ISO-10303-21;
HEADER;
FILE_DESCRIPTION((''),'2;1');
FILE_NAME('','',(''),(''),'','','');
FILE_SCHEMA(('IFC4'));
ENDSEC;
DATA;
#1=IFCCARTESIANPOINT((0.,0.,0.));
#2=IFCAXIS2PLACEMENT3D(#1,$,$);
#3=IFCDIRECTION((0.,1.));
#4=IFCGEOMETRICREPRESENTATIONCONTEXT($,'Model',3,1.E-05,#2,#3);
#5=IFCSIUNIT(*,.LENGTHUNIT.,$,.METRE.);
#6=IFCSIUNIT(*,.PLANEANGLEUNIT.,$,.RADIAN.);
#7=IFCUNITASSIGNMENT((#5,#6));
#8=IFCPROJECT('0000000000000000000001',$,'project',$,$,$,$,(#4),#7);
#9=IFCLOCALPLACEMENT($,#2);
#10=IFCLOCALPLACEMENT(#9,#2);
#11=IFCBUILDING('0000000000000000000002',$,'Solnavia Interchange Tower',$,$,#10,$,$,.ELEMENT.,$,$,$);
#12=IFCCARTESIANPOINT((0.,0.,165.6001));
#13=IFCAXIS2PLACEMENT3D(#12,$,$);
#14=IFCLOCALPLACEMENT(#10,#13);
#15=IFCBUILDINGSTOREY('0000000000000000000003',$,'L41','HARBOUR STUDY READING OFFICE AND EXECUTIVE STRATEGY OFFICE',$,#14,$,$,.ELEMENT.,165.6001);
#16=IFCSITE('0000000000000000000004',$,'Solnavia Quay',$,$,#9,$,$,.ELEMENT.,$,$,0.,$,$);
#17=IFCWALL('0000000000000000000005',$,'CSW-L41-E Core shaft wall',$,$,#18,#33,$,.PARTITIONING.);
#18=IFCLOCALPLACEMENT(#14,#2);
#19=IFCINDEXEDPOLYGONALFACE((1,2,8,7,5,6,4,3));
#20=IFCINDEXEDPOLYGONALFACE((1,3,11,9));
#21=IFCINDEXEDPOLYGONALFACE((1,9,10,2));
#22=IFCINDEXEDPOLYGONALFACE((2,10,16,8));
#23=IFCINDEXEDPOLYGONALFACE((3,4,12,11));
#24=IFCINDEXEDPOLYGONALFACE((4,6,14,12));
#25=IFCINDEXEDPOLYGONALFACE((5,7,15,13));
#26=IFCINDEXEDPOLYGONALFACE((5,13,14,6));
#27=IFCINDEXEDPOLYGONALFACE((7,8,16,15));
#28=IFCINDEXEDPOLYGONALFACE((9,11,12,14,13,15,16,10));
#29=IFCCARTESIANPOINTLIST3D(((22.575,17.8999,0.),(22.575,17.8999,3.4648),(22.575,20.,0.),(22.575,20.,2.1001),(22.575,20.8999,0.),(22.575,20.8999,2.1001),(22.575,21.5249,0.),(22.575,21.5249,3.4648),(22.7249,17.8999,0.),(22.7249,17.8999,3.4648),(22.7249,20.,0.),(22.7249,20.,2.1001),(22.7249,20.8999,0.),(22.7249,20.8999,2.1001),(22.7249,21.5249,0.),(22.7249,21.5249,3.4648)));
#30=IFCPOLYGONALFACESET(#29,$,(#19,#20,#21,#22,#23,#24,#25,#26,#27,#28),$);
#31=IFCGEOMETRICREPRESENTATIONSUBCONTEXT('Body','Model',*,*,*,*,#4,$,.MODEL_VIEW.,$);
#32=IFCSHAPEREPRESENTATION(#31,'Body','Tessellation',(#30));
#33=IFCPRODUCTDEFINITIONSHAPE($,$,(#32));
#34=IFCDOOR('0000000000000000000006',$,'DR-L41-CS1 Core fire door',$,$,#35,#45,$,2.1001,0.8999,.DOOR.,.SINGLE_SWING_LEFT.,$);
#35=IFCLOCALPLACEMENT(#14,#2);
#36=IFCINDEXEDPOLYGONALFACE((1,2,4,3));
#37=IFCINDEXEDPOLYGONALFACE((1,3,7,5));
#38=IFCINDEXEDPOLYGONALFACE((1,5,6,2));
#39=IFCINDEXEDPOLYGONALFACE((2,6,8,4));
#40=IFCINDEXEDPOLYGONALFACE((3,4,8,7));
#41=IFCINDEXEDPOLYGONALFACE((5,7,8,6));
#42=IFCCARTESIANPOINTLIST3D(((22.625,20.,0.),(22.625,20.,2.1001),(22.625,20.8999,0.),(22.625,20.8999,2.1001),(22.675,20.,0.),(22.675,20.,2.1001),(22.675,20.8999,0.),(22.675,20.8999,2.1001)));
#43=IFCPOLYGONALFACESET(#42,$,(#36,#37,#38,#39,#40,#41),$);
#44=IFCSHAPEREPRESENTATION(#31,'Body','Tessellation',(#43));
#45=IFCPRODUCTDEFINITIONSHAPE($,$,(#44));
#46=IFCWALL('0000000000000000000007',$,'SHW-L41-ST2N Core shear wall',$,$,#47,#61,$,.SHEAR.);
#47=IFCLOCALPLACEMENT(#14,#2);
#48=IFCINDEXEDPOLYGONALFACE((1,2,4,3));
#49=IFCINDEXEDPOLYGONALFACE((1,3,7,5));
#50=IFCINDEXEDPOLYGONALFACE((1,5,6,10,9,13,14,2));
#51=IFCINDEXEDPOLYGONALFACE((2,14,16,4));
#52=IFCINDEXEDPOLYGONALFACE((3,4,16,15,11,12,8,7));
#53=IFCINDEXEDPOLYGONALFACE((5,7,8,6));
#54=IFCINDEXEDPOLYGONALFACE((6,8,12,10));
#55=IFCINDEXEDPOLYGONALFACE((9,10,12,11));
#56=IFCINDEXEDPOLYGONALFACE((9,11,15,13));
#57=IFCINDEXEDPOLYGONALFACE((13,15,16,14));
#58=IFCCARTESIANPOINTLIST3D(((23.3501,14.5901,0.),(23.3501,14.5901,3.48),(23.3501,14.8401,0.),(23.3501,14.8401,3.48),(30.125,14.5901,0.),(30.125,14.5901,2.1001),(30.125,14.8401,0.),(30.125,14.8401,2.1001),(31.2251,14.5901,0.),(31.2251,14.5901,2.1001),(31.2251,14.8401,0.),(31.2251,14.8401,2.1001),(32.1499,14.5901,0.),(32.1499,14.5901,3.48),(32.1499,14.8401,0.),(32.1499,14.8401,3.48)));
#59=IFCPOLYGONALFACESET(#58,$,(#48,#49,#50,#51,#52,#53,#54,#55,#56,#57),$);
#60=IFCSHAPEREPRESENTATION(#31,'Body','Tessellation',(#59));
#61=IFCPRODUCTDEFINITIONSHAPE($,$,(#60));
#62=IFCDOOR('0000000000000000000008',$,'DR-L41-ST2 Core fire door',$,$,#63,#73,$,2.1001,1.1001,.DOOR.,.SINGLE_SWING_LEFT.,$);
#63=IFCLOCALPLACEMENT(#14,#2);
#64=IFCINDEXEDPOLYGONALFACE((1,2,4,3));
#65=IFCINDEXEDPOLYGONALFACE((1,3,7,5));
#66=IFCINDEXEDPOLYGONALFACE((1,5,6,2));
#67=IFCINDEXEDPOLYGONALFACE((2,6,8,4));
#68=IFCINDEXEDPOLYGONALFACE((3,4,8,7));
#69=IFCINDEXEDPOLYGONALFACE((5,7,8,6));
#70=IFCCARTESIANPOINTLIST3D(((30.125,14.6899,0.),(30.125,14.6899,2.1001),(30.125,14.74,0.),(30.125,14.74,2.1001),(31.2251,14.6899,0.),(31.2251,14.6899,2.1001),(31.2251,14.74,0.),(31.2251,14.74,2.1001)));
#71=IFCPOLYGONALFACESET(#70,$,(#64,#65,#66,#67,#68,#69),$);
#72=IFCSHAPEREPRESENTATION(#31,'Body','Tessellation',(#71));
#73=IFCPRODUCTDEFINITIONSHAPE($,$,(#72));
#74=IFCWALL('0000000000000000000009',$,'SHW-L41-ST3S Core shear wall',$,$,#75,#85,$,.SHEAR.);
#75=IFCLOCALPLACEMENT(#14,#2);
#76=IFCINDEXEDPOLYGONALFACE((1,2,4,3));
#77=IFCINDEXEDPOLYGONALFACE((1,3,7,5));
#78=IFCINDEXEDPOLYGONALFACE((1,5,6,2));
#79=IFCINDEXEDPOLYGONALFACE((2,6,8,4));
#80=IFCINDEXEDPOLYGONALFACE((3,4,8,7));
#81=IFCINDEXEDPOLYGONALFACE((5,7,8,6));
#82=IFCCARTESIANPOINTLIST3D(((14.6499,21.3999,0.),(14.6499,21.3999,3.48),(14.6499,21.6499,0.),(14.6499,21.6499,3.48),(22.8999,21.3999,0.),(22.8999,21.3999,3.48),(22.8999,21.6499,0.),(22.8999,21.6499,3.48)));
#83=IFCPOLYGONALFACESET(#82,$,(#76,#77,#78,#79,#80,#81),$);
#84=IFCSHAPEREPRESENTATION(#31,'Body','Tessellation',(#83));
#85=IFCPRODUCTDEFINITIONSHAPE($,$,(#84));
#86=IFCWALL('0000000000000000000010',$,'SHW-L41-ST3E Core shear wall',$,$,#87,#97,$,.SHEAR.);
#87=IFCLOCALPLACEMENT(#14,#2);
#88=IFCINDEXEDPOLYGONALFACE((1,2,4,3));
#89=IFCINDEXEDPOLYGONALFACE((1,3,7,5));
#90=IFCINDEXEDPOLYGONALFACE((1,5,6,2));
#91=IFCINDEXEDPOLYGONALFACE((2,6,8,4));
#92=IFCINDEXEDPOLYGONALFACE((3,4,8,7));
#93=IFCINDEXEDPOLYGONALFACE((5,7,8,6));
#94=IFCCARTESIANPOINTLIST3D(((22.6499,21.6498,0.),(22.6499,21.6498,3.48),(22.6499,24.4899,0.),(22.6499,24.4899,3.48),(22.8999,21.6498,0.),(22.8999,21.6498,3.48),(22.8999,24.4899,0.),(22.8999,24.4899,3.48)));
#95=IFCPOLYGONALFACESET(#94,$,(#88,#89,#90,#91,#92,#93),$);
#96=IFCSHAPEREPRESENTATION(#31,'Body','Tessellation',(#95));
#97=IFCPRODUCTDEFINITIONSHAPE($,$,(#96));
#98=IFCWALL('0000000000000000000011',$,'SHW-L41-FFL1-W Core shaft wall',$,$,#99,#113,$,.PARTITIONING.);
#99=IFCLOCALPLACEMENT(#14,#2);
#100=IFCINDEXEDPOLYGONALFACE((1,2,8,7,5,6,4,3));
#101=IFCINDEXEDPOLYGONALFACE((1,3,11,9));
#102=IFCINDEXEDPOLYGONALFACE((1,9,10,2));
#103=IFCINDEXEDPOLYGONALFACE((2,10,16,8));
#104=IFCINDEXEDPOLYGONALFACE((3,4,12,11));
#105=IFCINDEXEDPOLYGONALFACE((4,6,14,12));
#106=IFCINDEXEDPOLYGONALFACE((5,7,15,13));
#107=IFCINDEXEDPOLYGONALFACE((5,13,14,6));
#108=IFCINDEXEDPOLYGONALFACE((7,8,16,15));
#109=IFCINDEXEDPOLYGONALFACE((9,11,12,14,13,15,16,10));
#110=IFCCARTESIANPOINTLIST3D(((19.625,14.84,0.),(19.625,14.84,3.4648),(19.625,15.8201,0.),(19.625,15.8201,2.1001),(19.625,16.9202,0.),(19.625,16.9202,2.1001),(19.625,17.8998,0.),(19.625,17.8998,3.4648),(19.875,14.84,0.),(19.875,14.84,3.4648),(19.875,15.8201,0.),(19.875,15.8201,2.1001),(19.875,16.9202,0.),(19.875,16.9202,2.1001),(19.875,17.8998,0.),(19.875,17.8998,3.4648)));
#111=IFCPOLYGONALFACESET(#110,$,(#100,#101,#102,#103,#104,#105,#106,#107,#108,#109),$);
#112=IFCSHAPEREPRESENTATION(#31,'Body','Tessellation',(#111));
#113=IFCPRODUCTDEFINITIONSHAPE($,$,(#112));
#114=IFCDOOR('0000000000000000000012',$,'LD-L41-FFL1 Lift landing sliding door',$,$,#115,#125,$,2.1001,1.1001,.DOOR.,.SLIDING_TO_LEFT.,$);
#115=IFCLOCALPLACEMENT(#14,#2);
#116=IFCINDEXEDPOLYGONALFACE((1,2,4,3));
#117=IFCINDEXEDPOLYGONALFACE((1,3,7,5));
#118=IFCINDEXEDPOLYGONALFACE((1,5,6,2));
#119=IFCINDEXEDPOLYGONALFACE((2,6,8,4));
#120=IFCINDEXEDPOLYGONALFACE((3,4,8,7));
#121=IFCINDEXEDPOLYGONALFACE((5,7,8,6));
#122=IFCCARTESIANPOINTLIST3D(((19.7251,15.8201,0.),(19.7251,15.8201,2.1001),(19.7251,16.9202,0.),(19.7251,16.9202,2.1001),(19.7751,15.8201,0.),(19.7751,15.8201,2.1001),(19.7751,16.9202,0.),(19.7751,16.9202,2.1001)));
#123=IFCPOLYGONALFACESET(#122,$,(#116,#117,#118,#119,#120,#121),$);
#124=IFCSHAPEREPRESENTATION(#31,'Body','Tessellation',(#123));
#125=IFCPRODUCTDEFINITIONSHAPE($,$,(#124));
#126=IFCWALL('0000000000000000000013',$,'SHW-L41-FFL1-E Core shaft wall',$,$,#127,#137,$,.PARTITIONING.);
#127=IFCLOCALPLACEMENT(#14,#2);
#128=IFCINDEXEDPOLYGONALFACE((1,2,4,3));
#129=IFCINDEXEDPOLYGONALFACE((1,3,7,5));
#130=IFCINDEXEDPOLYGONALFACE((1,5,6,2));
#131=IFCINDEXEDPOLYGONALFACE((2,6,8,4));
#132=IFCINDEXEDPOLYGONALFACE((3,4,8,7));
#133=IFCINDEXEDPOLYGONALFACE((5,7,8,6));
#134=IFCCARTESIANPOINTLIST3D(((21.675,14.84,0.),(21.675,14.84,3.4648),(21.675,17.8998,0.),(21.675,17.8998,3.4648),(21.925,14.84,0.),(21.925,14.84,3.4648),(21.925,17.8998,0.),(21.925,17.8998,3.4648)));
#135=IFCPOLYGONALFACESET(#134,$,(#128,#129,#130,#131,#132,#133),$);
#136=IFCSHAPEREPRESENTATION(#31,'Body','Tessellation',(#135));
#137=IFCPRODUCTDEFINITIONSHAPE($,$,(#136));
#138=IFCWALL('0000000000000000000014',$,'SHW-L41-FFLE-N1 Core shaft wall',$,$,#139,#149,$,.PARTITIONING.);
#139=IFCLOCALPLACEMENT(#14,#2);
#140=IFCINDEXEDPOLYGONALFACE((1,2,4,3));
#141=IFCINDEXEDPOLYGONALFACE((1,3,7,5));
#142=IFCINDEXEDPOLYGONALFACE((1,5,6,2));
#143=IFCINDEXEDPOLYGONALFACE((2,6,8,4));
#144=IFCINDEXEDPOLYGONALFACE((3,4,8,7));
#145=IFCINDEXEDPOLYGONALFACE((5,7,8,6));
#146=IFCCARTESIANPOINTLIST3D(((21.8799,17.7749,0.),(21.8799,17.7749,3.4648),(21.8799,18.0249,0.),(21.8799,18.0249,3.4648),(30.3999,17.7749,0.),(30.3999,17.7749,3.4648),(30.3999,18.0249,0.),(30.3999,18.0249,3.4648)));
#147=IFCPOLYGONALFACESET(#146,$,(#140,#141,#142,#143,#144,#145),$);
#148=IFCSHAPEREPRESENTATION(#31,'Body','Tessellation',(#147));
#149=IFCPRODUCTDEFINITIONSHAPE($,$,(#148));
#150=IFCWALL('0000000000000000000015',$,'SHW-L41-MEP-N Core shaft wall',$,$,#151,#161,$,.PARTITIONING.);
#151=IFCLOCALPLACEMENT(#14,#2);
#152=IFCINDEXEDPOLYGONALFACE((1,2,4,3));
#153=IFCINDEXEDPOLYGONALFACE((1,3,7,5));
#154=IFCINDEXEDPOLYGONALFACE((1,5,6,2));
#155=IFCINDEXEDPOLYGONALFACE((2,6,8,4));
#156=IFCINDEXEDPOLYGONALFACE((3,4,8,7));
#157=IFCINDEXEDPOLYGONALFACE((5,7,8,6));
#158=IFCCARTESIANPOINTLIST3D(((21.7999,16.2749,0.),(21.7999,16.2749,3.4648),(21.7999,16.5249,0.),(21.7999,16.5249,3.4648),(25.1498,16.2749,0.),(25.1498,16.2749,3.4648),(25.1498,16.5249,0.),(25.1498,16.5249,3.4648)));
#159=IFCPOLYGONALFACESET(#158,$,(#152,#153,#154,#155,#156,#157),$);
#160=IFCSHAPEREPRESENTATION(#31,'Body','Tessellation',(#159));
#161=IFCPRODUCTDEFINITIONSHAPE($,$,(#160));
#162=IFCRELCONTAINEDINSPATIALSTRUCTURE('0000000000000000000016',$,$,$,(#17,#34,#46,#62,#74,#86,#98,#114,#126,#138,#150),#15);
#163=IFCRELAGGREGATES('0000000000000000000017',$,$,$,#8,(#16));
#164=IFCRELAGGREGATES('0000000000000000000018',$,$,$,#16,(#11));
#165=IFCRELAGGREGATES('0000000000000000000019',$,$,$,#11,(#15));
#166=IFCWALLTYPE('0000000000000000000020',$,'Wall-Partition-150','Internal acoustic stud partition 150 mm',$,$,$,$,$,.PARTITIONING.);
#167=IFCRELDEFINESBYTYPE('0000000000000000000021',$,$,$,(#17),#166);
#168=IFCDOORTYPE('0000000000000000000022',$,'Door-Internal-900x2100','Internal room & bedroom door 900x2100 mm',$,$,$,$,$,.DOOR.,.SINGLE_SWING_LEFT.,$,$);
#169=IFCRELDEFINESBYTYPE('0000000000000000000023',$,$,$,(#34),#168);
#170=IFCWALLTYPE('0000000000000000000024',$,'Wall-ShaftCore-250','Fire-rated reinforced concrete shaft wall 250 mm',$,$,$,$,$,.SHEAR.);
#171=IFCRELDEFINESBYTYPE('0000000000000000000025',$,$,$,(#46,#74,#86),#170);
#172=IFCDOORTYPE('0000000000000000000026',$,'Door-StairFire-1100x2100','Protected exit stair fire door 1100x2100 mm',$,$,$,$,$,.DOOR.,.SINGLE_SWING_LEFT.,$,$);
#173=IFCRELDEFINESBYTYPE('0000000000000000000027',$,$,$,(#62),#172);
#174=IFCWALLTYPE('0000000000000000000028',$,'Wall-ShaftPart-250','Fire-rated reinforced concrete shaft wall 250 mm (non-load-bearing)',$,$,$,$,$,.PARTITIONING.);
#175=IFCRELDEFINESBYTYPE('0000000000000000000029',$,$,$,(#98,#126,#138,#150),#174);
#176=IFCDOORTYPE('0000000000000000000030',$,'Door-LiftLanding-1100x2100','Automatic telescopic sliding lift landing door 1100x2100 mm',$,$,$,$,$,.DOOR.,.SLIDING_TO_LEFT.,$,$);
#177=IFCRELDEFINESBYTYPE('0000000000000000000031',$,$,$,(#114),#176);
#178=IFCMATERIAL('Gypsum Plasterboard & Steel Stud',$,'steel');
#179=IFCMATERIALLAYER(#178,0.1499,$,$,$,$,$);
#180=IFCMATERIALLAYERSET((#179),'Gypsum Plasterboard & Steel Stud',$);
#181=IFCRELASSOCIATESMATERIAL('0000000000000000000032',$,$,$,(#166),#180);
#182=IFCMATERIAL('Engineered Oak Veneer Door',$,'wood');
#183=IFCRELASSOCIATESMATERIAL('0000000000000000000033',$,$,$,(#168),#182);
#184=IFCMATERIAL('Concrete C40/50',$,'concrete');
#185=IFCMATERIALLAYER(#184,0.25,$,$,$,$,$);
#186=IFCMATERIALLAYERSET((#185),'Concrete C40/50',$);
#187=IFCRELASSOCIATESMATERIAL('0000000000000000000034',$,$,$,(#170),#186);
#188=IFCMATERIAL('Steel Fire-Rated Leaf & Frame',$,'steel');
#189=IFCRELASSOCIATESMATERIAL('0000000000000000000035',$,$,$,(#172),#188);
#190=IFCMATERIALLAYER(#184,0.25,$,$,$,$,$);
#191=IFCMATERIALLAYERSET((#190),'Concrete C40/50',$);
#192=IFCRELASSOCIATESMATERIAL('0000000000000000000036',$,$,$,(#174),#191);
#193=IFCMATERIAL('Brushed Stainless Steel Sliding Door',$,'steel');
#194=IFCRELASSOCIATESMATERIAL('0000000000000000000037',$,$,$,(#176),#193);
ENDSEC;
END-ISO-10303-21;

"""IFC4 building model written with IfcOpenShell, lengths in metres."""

from ifc_helpers import new_model, si_unit, direction, frame, frame_2d, origin, place, context, subcontext, project, spatial, rectangle, extrude, material, layer, layer_set, type_object, element, fill, save


model = new_model("IFC4")

# Units and contexts
model_context = context("Model", 3, precision=1e-05, world=origin(), true_north=direction((0.0, 1.0)))
body_context = subcontext(model_context, "Body", "Model", "MODEL_VIEW")
ifc_project = project(units=[si_unit("LENGTHUNIT", "METRE"), si_unit("PLANEANGLEUNIT", "RADIAN")], contexts=[model_context])

# Site, building, storey
site_placement = place(None, origin())
site = spatial("IfcSite", under=ifc_project, at=site_placement, Name="Solnavia Quay", CompositionType="ELEMENT", RefElevation=0.0)
building_placement = place(site_placement, origin())
building = spatial("IfcBuilding", under=site, at=building_placement, Name="Solnavia Interchange Tower", CompositionType="ELEMENT")
storey_placement = place(building_placement, frame((0.0, 0.0, 165.6001)))
storey = spatial("IfcBuildingStorey", under=building, at=storey_placement, Name="L41", Description="HARBOUR STUDY READING OFFICE AND EXECUTIVE STRATEGY OFFICE", CompositionType="ELEMENT", Elevation=165.6001)

# Walls, openings, doors
ifc_material_1 = material(Name="Gypsum Plasterboard & Steel Stud", Category="steel")
ifc_layer_1 = layer(ifc_material_1, 0.1499)
ifc_layer_set_1 = layer_set([ifc_layer_1], Name="Gypsum Plasterboard & Steel Stud")
wall_type_1 = type_object("IfcWallType", Name="Wall-Partition-150", Description="Internal acoustic stud partition 150 mm", PredefinedType="PARTITIONING", material=ifc_layer_set_1)
wall_1_placement = place(storey_placement, frame((22.6499, 17.8999, 0.0), z_axis=(0.0, 0.0, 1.0), x_axis=(0.0, 1.0, 0.0)))
wall_1 = element("IfcWall", 1, at=wall_1_placement, inside=storey, type_object=wall_type_1, Name="CSW-L41-E Core shaft wall", PredefinedType="PARTITIONING", context=body_context, shape_type="SweptSolid", body=[
    extrude(rectangle(XDim=3.625, YDim=0.1499, at=frame_2d((1.8125, 0.0))), origin(), (0.0, 0.0, 1.0), 3.4648),
])
opening_1_placement = place(wall_1_placement, frame((2.1001, 0.0, 0.0)))
opening_1 = element("IfcOpeningElement", 2, at=opening_1_placement, cuts=wall_1, PredefinedType="OPENING", context=body_context, shape_type="SweptSolid", body=[
    extrude(rectangle(XDim=0.8999, YDim=2.1001, at=frame_2d((0.45, 1.05))), frame((0.0, 0.085, 0.0), z_axis=(0.0, -1.0, 0.0), x_axis=(1.0, 0.0, 0.0)), (0.0, 0.0, 1.0), 0.1699),
])
ifc_material_2 = material(Name="Engineered Oak Veneer Door", Category="wood")
door_type_1 = type_object("IfcDoorType", Name="Door-Internal-900x2100", Description="Internal room & bedroom door 900x2100 mm", OperationType="SINGLE_SWING_LEFT", PredefinedType="DOOR", material=ifc_material_2)
door_1_placement = place(opening_1_placement, origin())
door_1 = element("IfcDoor", 3, at=door_1_placement, inside=storey, type_object=door_type_1, Name="DR-L41-CS1 Core fire door", OperationType="SINGLE_SWING_LEFT", OverallHeight=2.1001, OverallWidth=0.8999, PredefinedType="DOOR", context=body_context, shape_type="SweptSolid", body=[
    extrude(rectangle(XDim=0.8999, YDim=2.1001, at=frame_2d((0.45, 1.05))), frame((0.0, 0.0249, 0.0), z_axis=(0.0, -1.0, 0.0), x_axis=(1.0, 0.0, 0.0)), (0.0, 0.0, 1.0), 0.05),
])
fill(opening_1, door_1)
ifc_material_3 = material(Name="Concrete C40/50", Category="concrete")
ifc_layer_2 = layer(ifc_material_3, 0.25)
ifc_layer_set_2 = layer_set([ifc_layer_2], Name="Concrete C40/50")
wall_type_2 = type_object("IfcWallType", Name="Wall-ShaftCore-250", Description="Fire-rated reinforced concrete shaft wall 250 mm", PredefinedType="SHEAR", material=ifc_layer_set_2)
wall_2_placement = place(storey_placement, frame((23.3501, 14.7151, 0.0), z_axis=(0.0, 0.0, 1.0), x_axis=(1.0, 0.0, 0.0)))
wall_2 = element("IfcWall", 4, at=wall_2_placement, inside=storey, type_object=wall_type_2, Name="SHW-L41-ST2N Core shear wall", PredefinedType="SHEAR", context=body_context, shape_type="SweptSolid", body=[
    extrude(rectangle(XDim=8.7998, YDim=0.25, at=frame_2d((4.3999, 0.0))), origin(), (0.0, 0.0, 1.0), 3.48),
])
opening_2_placement = place(wall_2_placement, frame((6.7749, 0.0, 0.0)))
opening_2 = element("IfcOpeningElement", 5, at=opening_2_placement, cuts=wall_2, PredefinedType="OPENING", context=body_context, shape_type="SweptSolid", body=[
    extrude(rectangle(XDim=1.1001, YDim=2.1001, at=frame_2d((0.55, 1.05))), frame((0.0, 0.135, 0.0), z_axis=(0.0, -1.0, 0.0), x_axis=(1.0, 0.0, 0.0)), (0.0, 0.0, 1.0), 0.27),
])
ifc_material_4 = material(Name="Steel Fire-Rated Leaf & Frame", Category="steel")
door_type_2 = type_object("IfcDoorType", Name="Door-StairFire-1100x2100", Description="Protected exit stair fire door 1100x2100 mm", OperationType="SINGLE_SWING_LEFT", PredefinedType="DOOR", material=ifc_material_4)
door_2_placement = place(opening_2_placement, origin())
door_2 = element("IfcDoor", 6, at=door_2_placement, inside=storey, type_object=door_type_2, Name="DR-L41-ST2 Core fire door", OperationType="SINGLE_SWING_LEFT", OverallHeight=2.1001, OverallWidth=1.1001, PredefinedType="DOOR", context=body_context, shape_type="SweptSolid", body=[
    extrude(rectangle(XDim=1.1001, YDim=2.1001, at=frame_2d((0.55, 1.05))), frame((0.0, 0.0249, 0.0), z_axis=(0.0, -1.0, 0.0), x_axis=(1.0, 0.0, 0.0)), (0.0, 0.0, 1.0), 0.05),
])
fill(opening_2, door_2)

# Walls
wall_3_placement = place(storey_placement, frame((14.6499, 21.5249, 0.0), z_axis=(0.0, 0.0, 1.0), x_axis=(1.0, 0.0, 0.0)))
element("IfcWall", 7, at=wall_3_placement, inside=storey, type_object=wall_type_2, Name="SHW-L41-ST3S Core shear wall", PredefinedType="SHEAR", context=body_context, shape_type="SweptSolid", body=[
    extrude(rectangle(XDim=8.25, YDim=0.25, at=frame_2d((4.125, 0.0))), origin(), (0.0, 0.0, 1.0), 3.48),
])
wall_4_placement = place(storey_placement, frame((22.7749, 21.6499, 0.0), z_axis=(0.0, 0.0, 1.0), x_axis=(0.0, 1.0, 0.0)))
element("IfcWall", 8, at=wall_4_placement, inside=storey, type_object=wall_type_2, Name="SHW-L41-ST3E Core shear wall", PredefinedType="SHEAR", context=body_context, shape_type="SweptSolid", body=[
    extrude(rectangle(XDim=2.8401, YDim=0.25, at=frame_2d((1.4199, 0.0))), origin(), (0.0, 0.0, 1.0), 3.48),
])

# Wall, opening, door
ifc_layer_3 = layer(ifc_material_3, 0.25)
ifc_layer_set_3 = layer_set([ifc_layer_3], Name="Concrete C40/50")
wall_type_3 = type_object("IfcWallType", Name="Wall-ShaftPart-250", Description="Fire-rated reinforced concrete shaft wall 250 mm (non-load-bearing)", PredefinedType="PARTITIONING", material=ifc_layer_set_3)
wall_5_placement = place(storey_placement, frame((19.75, 14.8401, 0.0), z_axis=(0.0, 0.0, 1.0), x_axis=(0.0, 1.0, 0.0)))
wall_5 = element("IfcWall", 9, at=wall_5_placement, inside=storey, type_object=wall_type_3, Name="SHW-L41-FFL1-W Core shaft wall", PredefinedType="PARTITIONING", context=body_context, shape_type="SweptSolid", body=[
    extrude(rectangle(XDim=3.0598, YDim=0.25, at=frame_2d((1.5298, 0.0))), origin(), (0.0, 0.0, 1.0), 3.4648),
])
opening_3_placement = place(wall_5_placement, frame((0.98, 0.0, 0.0)))
opening_3 = element("IfcOpeningElement", 10, at=opening_3_placement, cuts=wall_5, PredefinedType="OPENING", context=body_context, shape_type="SweptSolid", body=[
    extrude(rectangle(XDim=1.1001, YDim=2.1001, at=frame_2d((0.55, 1.05))), frame((0.0, 0.135, 0.0), z_axis=(0.0, -1.0, 0.0), x_axis=(1.0, 0.0, 0.0)), (0.0, 0.0, 1.0), 0.27),
])
ifc_material_5 = material(Name="Brushed Stainless Steel Sliding Door", Category="steel")
door_type_3 = type_object("IfcDoorType", Name="Door-LiftLanding-1100x2100", Description="Automatic telescopic sliding lift landing door 1100x2100 mm", OperationType="SLIDING_TO_LEFT", PredefinedType="DOOR", material=ifc_material_5)
door_3_placement = place(opening_3_placement, origin())
door_3 = element("IfcDoor", 11, at=door_3_placement, inside=storey, type_object=door_type_3, Name="LD-L41-FFL1 Lift landing sliding door", OperationType="SLIDING_TO_LEFT", OverallHeight=2.1001, OverallWidth=1.1001, PredefinedType="DOOR", context=body_context, shape_type="SweptSolid", body=[
    extrude(rectangle(XDim=1.1001, YDim=2.1001, at=frame_2d((0.55, 1.05))), frame((0.0, 0.0249, 0.0), z_axis=(0.0, -1.0, 0.0), x_axis=(1.0, 0.0, 0.0)), (0.0, 0.0, 1.0), 0.05),
])
fill(opening_3, door_3)

# Walls
wall_6_placement = place(storey_placement, frame((21.8, 14.8401, 0.0), z_axis=(0.0, 0.0, 1.0), x_axis=(0.0, 1.0, 0.0)))
element("IfcWall", 12, at=wall_6_placement, inside=storey, type_object=wall_type_3, Name="SHW-L41-FFL1-E Core shaft wall", PredefinedType="PARTITIONING", context=body_context, shape_type="SweptSolid", body=[
    extrude(rectangle(XDim=3.0598, YDim=0.25, at=frame_2d((1.5298, 0.0))), origin(), (0.0, 0.0, 1.0), 3.4648),
])
wall_7_placement = place(storey_placement, frame((21.8799, 17.8999, 0.0), z_axis=(0.0, 0.0, 1.0), x_axis=(1.0, 0.0, 0.0)))
element("IfcWall", 13, at=wall_7_placement, inside=storey, type_object=wall_type_3, Name="SHW-L41-FFLE-N1 Core shaft wall", PredefinedType="PARTITIONING", context=body_context, shape_type="SweptSolid", body=[
    extrude(rectangle(XDim=8.52, YDim=0.25, at=frame_2d((4.26, 0.0))), origin(), (0.0, 0.0, 1.0), 3.4648),
])
wall_8_placement = place(storey_placement, frame((21.8, 16.3999, 0.0), z_axis=(0.0, 0.0, 1.0), x_axis=(1.0, 0.0, 0.0)))
element("IfcWall", 14, at=wall_8_placement, inside=storey, type_object=wall_type_3, Name="SHW-L41-MEP-N Core shaft wall", PredefinedType="PARTITIONING", context=body_context, shape_type="SweptSolid", body=[
    extrude(rectangle(XDim=3.3499, YDim=0.25, at=frame_2d((1.6748, 0.0))), origin(), (0.0, 0.0, 1.0), 3.4648),
])

save(model, "model.ifc")
